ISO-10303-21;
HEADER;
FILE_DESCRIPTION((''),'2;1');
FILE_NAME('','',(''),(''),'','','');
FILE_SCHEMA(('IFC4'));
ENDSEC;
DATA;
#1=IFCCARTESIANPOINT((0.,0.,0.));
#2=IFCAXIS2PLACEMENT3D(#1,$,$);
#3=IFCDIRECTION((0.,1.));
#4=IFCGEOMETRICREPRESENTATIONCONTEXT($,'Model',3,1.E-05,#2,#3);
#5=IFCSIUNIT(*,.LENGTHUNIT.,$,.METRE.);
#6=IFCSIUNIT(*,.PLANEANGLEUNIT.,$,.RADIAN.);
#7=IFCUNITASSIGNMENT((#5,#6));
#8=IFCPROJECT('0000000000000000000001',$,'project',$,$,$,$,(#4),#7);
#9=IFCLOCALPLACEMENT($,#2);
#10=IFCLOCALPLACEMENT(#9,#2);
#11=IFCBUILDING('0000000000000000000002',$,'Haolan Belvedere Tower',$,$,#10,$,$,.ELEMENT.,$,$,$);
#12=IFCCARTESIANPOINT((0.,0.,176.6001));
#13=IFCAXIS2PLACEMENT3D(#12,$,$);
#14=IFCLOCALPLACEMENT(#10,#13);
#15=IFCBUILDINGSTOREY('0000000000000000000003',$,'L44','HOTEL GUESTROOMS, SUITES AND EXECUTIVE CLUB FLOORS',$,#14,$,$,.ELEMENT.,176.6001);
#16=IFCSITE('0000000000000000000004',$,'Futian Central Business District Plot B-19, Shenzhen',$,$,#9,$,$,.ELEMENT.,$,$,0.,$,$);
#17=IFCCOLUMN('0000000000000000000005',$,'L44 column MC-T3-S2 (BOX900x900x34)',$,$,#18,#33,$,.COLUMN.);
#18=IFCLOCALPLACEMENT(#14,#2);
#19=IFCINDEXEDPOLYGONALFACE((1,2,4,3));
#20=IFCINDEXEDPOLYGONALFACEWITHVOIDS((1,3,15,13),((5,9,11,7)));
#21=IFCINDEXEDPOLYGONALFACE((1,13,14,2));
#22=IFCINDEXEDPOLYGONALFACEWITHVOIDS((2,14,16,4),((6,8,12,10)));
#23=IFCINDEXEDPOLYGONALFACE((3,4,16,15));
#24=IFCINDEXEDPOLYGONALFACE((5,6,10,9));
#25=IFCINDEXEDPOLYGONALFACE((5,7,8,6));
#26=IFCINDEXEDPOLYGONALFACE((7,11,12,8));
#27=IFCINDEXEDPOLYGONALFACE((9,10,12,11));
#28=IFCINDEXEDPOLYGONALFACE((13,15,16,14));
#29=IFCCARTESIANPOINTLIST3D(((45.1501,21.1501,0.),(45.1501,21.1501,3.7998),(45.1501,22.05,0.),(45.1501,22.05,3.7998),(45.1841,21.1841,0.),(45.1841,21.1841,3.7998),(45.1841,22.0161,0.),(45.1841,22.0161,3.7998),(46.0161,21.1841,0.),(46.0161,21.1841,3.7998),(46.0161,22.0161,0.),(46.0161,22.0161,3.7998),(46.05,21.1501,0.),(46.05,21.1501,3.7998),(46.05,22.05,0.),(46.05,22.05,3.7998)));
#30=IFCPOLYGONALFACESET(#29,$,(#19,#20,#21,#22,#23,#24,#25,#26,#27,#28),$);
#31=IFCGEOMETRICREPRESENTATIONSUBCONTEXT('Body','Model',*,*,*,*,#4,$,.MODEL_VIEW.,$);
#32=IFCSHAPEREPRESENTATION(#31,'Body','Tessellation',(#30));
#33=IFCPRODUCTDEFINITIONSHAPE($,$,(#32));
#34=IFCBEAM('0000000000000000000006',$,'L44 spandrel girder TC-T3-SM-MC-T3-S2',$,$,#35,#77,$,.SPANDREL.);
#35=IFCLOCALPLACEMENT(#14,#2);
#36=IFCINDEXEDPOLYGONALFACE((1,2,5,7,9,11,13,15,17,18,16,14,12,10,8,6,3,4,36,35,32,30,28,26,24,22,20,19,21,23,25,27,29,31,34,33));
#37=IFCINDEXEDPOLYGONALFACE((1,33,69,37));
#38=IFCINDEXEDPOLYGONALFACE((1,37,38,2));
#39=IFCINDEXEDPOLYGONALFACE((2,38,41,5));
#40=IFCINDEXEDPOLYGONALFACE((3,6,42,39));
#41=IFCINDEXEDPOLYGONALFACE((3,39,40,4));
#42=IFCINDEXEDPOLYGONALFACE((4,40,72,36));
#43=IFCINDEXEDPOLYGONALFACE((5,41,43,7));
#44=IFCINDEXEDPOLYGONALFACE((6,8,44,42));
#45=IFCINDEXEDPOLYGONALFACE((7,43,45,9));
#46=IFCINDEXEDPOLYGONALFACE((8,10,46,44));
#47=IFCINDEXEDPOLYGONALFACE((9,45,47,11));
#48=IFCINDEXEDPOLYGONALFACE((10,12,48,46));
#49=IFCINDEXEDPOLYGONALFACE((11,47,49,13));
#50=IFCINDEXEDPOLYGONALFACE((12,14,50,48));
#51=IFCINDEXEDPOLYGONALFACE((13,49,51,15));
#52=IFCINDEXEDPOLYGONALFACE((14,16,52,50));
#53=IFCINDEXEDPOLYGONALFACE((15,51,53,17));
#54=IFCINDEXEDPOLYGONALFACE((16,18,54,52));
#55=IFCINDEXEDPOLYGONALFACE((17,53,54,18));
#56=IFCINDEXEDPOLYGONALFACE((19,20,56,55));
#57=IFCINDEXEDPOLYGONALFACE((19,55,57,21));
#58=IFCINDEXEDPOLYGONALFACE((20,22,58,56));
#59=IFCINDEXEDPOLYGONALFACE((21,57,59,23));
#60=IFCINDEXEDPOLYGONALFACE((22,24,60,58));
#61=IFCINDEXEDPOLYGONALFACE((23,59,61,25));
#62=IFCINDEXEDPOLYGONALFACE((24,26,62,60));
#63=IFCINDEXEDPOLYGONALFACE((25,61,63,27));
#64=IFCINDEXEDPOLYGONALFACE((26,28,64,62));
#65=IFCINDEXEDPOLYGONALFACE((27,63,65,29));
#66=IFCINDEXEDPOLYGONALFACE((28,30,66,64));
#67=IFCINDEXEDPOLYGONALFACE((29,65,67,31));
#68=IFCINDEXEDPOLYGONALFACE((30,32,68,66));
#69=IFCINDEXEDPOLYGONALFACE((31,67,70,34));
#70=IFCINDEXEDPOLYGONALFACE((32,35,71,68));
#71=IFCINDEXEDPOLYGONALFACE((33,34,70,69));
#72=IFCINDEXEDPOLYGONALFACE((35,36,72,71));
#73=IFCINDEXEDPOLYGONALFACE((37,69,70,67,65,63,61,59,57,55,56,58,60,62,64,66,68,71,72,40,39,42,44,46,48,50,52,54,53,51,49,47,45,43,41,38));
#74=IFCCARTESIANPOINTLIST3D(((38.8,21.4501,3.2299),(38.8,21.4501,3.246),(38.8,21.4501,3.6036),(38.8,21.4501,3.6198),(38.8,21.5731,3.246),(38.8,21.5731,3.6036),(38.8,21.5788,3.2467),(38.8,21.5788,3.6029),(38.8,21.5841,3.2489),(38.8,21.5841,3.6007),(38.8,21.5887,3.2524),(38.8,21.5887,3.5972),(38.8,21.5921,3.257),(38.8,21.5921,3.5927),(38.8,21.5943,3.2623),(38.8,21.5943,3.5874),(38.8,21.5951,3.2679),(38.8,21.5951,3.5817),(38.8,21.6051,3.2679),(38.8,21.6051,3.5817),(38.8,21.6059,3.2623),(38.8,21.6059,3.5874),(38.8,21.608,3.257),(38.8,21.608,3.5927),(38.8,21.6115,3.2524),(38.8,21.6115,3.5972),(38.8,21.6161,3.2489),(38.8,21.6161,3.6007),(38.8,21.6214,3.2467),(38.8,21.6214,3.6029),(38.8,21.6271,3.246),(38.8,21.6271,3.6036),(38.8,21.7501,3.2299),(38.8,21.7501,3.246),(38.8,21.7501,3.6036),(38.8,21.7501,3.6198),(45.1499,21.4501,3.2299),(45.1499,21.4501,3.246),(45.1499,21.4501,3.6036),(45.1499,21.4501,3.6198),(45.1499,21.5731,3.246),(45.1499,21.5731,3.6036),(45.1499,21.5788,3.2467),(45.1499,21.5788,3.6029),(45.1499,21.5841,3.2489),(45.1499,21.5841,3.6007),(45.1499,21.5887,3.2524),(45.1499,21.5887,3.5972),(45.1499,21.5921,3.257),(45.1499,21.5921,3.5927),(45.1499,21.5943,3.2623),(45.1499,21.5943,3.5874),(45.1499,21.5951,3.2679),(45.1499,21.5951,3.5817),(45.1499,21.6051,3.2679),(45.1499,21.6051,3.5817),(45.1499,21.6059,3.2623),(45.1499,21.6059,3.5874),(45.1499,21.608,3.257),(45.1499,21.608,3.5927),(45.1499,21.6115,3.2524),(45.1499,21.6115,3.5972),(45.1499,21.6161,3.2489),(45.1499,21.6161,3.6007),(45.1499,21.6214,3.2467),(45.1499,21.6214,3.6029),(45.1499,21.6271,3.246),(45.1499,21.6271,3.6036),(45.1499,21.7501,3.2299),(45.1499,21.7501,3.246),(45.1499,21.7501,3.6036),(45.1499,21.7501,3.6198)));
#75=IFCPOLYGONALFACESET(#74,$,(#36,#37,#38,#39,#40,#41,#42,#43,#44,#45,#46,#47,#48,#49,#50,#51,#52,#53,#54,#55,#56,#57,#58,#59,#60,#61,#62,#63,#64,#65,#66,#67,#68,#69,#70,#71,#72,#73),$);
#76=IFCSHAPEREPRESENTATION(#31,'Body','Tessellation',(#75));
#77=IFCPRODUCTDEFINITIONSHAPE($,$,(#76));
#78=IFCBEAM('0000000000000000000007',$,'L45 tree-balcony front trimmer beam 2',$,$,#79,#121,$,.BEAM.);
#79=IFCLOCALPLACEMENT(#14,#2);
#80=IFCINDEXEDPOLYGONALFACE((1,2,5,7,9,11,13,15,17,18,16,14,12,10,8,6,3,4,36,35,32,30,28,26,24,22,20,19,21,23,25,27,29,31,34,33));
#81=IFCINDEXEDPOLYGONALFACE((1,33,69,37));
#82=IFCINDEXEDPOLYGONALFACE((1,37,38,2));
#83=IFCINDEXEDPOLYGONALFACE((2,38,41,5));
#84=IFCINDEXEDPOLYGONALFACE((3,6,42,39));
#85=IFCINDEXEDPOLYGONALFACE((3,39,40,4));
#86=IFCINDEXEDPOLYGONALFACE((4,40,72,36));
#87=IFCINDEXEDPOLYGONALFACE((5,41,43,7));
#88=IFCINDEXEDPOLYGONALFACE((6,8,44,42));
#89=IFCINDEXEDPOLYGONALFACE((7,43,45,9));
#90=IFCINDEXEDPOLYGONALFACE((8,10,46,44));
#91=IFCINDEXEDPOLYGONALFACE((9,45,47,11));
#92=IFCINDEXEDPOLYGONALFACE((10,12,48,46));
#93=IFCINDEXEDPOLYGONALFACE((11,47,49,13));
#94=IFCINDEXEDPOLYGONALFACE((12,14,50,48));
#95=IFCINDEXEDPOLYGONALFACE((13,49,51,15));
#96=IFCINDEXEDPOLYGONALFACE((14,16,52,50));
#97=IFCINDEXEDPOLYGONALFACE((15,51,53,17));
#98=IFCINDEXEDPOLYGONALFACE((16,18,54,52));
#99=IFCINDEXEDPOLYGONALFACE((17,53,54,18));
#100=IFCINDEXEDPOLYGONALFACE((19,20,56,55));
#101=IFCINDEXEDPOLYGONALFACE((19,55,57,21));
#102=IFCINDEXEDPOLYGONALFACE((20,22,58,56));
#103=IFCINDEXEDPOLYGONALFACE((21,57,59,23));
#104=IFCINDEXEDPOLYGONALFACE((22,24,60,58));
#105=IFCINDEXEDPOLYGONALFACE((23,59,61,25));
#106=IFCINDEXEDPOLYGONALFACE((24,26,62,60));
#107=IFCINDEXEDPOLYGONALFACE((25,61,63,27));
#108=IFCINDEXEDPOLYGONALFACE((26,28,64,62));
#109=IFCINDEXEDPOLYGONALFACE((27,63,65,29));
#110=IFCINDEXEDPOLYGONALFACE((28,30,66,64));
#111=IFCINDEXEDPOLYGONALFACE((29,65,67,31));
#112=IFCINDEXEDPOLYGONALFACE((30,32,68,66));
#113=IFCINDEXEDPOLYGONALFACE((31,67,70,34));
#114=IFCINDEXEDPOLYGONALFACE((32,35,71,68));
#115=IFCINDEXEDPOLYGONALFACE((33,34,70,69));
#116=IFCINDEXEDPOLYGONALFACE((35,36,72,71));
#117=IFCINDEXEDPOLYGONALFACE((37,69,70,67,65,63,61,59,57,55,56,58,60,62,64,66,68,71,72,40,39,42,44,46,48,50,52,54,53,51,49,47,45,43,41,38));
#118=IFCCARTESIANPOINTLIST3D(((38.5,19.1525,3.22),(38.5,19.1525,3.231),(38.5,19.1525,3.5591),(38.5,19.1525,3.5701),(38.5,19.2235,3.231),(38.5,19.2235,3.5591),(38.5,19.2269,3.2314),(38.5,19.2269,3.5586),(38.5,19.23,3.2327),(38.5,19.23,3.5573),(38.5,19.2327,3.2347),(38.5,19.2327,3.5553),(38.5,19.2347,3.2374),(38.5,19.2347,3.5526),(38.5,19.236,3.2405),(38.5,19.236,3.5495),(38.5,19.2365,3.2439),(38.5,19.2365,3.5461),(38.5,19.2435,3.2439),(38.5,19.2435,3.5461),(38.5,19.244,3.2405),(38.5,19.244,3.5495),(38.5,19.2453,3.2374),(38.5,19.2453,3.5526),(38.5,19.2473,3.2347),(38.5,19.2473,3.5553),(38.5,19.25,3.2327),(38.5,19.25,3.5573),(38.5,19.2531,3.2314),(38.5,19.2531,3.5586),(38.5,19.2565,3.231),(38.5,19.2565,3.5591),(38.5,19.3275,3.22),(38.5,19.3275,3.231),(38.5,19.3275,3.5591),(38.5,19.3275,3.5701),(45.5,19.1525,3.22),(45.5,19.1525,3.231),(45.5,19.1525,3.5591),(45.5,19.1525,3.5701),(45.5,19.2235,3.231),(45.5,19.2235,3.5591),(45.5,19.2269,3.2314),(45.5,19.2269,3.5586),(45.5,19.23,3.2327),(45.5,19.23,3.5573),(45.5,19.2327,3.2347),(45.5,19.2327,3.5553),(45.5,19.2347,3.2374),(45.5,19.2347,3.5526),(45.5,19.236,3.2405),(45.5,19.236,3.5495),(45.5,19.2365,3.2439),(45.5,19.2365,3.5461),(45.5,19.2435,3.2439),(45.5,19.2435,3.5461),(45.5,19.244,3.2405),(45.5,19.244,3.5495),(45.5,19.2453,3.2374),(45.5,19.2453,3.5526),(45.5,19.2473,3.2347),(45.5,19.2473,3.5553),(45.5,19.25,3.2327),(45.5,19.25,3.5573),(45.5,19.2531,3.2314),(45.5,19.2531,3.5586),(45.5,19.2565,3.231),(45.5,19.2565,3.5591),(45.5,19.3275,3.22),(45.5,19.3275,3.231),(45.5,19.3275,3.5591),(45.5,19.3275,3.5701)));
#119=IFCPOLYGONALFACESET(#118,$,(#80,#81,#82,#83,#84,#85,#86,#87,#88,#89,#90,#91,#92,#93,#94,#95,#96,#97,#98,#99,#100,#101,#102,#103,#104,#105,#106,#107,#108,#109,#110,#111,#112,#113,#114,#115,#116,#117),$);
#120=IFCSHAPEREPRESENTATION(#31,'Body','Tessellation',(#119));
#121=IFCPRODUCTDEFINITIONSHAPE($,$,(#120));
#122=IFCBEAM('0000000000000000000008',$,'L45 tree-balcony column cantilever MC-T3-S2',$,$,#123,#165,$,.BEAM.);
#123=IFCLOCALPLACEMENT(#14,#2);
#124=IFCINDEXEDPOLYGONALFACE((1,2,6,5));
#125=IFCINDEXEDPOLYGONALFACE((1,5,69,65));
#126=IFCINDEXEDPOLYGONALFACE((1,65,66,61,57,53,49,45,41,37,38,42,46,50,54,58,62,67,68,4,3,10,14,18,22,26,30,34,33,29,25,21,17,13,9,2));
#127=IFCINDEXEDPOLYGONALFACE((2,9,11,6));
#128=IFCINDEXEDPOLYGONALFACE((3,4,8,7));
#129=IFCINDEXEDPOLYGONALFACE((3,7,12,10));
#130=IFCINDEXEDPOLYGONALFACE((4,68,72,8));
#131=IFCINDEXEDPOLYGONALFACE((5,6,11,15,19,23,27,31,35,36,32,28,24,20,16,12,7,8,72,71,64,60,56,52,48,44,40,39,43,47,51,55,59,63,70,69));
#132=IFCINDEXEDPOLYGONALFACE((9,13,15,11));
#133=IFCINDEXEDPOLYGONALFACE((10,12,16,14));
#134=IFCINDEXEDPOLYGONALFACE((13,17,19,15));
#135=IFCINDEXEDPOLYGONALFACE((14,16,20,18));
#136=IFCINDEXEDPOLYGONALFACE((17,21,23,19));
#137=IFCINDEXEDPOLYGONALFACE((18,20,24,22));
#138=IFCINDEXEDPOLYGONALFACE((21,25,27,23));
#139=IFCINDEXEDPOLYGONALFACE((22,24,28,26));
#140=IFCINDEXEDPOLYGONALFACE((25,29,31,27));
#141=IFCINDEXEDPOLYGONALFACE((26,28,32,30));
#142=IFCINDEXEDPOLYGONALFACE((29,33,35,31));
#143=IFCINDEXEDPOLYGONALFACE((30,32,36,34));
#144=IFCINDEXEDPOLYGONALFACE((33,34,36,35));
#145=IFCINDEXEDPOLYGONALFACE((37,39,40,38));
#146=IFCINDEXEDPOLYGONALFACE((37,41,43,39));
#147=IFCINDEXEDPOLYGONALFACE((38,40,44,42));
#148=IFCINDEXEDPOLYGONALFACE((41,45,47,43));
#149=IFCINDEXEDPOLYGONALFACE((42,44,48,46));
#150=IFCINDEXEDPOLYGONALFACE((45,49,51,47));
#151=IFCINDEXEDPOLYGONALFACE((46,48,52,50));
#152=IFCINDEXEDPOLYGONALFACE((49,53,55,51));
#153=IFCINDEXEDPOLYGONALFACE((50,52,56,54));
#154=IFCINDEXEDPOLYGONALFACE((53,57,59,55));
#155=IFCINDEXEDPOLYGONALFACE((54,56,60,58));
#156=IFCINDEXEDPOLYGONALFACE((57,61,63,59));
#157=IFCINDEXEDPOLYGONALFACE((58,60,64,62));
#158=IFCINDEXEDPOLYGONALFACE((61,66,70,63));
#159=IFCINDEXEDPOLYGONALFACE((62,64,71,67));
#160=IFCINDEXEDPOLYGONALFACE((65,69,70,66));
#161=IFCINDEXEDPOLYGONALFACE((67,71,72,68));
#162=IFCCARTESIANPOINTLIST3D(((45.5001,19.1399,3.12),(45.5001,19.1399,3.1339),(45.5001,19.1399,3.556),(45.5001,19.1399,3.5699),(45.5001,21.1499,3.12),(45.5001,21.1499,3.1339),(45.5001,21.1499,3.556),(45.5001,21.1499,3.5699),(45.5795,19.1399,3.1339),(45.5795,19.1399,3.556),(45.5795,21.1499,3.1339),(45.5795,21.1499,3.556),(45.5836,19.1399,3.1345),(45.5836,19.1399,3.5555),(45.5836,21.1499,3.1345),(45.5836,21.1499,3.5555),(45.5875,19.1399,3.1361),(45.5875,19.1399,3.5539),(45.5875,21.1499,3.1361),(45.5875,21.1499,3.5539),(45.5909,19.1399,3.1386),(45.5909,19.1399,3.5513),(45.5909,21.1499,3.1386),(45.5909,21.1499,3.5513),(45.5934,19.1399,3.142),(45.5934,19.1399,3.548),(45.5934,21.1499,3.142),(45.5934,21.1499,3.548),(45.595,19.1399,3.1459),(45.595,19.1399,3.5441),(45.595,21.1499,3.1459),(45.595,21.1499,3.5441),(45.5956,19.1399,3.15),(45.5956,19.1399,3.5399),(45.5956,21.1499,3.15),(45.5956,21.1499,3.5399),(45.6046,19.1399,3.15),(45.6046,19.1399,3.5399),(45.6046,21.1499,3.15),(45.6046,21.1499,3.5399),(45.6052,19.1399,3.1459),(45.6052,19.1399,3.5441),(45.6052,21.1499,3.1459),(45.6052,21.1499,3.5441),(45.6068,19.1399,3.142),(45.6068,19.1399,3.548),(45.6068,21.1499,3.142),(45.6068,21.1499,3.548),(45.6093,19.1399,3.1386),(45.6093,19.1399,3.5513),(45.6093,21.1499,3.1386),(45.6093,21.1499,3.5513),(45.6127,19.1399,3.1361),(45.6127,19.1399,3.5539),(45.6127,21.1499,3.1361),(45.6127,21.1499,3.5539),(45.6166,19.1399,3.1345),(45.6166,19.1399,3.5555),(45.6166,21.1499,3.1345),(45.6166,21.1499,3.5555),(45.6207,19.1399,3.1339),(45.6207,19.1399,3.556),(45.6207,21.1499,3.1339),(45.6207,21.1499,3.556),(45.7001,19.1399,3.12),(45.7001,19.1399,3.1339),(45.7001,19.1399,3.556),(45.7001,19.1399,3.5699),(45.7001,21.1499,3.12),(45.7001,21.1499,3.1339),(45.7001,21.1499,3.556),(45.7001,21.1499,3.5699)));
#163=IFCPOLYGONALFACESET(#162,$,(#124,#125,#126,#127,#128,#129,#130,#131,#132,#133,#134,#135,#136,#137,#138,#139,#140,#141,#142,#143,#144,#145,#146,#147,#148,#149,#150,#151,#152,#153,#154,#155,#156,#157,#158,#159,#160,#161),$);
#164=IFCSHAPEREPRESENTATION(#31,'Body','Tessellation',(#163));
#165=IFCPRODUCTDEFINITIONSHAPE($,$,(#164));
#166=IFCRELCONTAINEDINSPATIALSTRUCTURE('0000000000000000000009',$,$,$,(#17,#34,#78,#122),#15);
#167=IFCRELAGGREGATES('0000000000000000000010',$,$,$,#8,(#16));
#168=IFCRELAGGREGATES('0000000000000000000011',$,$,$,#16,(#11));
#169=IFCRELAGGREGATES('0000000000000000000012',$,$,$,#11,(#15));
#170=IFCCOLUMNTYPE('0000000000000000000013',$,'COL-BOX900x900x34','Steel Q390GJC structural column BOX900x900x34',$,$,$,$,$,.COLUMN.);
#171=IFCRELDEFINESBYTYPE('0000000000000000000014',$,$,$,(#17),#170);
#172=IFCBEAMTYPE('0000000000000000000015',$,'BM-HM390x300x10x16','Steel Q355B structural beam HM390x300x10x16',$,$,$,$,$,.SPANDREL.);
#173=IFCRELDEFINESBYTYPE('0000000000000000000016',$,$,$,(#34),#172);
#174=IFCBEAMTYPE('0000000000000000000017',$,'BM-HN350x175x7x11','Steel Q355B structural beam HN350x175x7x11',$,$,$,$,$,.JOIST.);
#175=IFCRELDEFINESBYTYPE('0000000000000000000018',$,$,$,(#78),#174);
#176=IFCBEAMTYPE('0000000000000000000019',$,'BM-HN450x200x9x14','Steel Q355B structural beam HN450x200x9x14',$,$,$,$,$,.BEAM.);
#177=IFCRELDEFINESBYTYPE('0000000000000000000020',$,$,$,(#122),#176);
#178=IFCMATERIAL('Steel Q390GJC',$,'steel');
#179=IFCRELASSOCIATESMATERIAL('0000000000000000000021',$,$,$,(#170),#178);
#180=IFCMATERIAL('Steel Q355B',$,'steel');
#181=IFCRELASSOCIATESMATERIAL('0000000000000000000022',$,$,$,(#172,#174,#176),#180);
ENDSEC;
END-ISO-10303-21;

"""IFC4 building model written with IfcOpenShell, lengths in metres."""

from ifc_helpers import new_model, si_unit, direction, frame, origin, origin_2d, place, context, subcontext, project, spatial, hollow_rectangle, i_section, extrude, material, material_profile, profile_set, type_object, element, save


model = new_model("IFC4")

# Units and contexts
model_context = context("Model", 3, precision=1e-05, world=origin(), true_north=direction((0.0, 1.0)))
body_context = subcontext(model_context, "Body", "Model", "MODEL_VIEW")
ifc_project = project(units=[si_unit("LENGTHUNIT", "METRE"), si_unit("PLANEANGLEUNIT", "RADIAN")], contexts=[model_context])

# Site, building, storey
site_placement = place(None, origin())
site = spatial("IfcSite", under=ifc_project, at=site_placement, Name="Futian Central Business District Plot B-19, Shenzhen", CompositionType="ELEMENT", RefElevation=0.0)
building_placement = place(site_placement, origin())
building = spatial("IfcBuilding", under=site, at=building_placement, Name="Haolan Belvedere Tower", CompositionType="ELEMENT")
storey_placement = place(building_placement, frame((0.0, 0.0, 176.6001)))
storey = spatial("IfcBuildingStorey", under=building, at=storey_placement, Name="L44", Description="HOTEL GUESTROOMS, SUITES AND EXECUTIVE CLUB FLOORS", CompositionType="ELEMENT", Elevation=176.6001)

# Column
ifc_material_1 = material(Name="Steel Q390GJC", Category="steel")
ifc_material_profile_1 = material_profile(ifc_material_1, hollow_rectangle(XDim=0.8999, YDim=0.8999, WallThickness=0.0339, at=origin_2d()), Name="Steel Q390GJC")
ifc_profile_set_1 = profile_set([ifc_material_profile_1], Name="Steel Q390GJC")
column_type = type_object("IfcColumnType", Name="COL-BOX900x900x34", Description="Steel Q390GJC structural column BOX900x900x34", PredefinedType="COLUMN", material=ifc_profile_set_1)
column_placement = place(storey_placement, frame((45.6001, 21.6001, 0.0), z_axis=(0.0, 0.0, 1.0), x_axis=(1.0, 0.0, 0.0)))
element("IfcColumn", 1, at=column_placement, inside=storey, type_object=column_type, Name="L44 column MC-T3-S2 (BOX900x900x34)", PredefinedType="COLUMN", context=body_context, shape_type="SweptSolid", body=[
    extrude(hollow_rectangle(XDim=0.8999, YDim=0.8999, WallThickness=0.0339, at=origin_2d()), origin(), (0.0, 0.0, 1.0), 3.7998),
])

# Beams
ifc_material_2 = material(Name="Steel Q355B", Category="steel")
ifc_material_profile_2 = material_profile(ifc_material_2, i_section(OverallWidth=0.3, OverallDepth=0.3899, WebThickness=0.01, FlangeThickness=0.0161, FilletRadius=0.022, at=origin_2d()), Name="Steel Q355B")
ifc_profile_set_2 = profile_set([ifc_material_profile_2], Name="Steel Q355B")
beam_type_1 = type_object("IfcBeamType", Name="BM-HM390x300x10x16", Description="Steel Q355B structural beam HM390x300x10x16", PredefinedType="SPANDREL", material=ifc_profile_set_2)
beam_1_placement = place(storey_placement, frame((38.8, 21.6001, 3.4248), z_axis=(1.0, 0.0, 0.0), x_axis=(0.0, 1.0, 0.0)))
element("IfcBeam", 2, at=beam_1_placement, inside=storey, type_object=beam_type_1, Name="L44 spandrel girder TC-T3-SM-MC-T3-S2", PredefinedType="SPANDREL", context=body_context, shape_type="SweptSolid", body=[
    extrude(i_section(OverallWidth=0.3, OverallDepth=0.3899, WebThickness=0.01, FlangeThickness=0.0161, FilletRadius=0.022, at=origin_2d()), origin(), (0.0, 0.0, 1.0), 6.3499),
])
ifc_material_profile_3 = material_profile(ifc_material_2, i_section(OverallWidth=0.175, OverallDepth=0.3501, WebThickness=0.0071, FlangeThickness=0.011, FilletRadius=0.0129, at=origin_2d()), Name="Steel Q355B")
ifc_profile_set_3 = profile_set([ifc_material_profile_3], Name="Steel Q355B")
beam_type_2 = type_object("IfcBeamType", Name="BM-HN350x175x7x11", Description="Steel Q355B structural beam HN350x175x7x11", PredefinedType="JOIST", material=ifc_profile_set_3)
beam_2_placement = place(storey_placement, frame((38.5, 19.24, 3.395), z_axis=(1.0, 0.0, 0.0), x_axis=(0.0, 1.0, 0.0)))
element("IfcBeam", 3, at=beam_2_placement, inside=storey, type_object=beam_type_2, Name="L45 tree-balcony front trimmer beam 2", PredefinedType="BEAM", context=body_context, shape_type="SweptSolid", body=[
    extrude(i_section(OverallWidth=0.175, OverallDepth=0.3501, WebThickness=0.0071, FlangeThickness=0.011, FilletRadius=0.0129, at=origin_2d()), origin(), (0.0, 0.0, 1.0), 7.0),
])
ifc_material_profile_4 = material_profile(ifc_material_2, i_section(OverallWidth=0.2, OverallDepth=0.45, WebThickness=0.009, FlangeThickness=0.0139, FilletRadius=0.0161, at=origin_2d()), Name="Steel Q355B")
ifc_profile_set_4 = profile_set([ifc_material_profile_4], Name="Steel Q355B")
beam_type_3 = type_object("IfcBeamType", Name="BM-HN450x200x9x14", Description="Steel Q355B structural beam HN450x200x9x14", PredefinedType="BEAM", material=ifc_profile_set_4)
beam_3_placement = place(storey_placement, frame((45.6001, 21.1499, 3.345), z_axis=(0.0, -1.0, 0.0), x_axis=(1.0, 0.0, 0.0)))
element("IfcBeam", 4, at=beam_3_placement, inside=storey, type_object=beam_type_3, Name="L45 tree-balcony column cantilever MC-T3-S2", PredefinedType="BEAM", context=body_context, shape_type="SweptSolid", body=[
    extrude(i_section(OverallWidth=0.2, OverallDepth=0.45, WebThickness=0.009, FlangeThickness=0.0139, FilletRadius=0.0161, at=origin_2d()), origin(), (0.0, 0.0, 1.0), 2.01),
])

save(model, "model.ifc")
